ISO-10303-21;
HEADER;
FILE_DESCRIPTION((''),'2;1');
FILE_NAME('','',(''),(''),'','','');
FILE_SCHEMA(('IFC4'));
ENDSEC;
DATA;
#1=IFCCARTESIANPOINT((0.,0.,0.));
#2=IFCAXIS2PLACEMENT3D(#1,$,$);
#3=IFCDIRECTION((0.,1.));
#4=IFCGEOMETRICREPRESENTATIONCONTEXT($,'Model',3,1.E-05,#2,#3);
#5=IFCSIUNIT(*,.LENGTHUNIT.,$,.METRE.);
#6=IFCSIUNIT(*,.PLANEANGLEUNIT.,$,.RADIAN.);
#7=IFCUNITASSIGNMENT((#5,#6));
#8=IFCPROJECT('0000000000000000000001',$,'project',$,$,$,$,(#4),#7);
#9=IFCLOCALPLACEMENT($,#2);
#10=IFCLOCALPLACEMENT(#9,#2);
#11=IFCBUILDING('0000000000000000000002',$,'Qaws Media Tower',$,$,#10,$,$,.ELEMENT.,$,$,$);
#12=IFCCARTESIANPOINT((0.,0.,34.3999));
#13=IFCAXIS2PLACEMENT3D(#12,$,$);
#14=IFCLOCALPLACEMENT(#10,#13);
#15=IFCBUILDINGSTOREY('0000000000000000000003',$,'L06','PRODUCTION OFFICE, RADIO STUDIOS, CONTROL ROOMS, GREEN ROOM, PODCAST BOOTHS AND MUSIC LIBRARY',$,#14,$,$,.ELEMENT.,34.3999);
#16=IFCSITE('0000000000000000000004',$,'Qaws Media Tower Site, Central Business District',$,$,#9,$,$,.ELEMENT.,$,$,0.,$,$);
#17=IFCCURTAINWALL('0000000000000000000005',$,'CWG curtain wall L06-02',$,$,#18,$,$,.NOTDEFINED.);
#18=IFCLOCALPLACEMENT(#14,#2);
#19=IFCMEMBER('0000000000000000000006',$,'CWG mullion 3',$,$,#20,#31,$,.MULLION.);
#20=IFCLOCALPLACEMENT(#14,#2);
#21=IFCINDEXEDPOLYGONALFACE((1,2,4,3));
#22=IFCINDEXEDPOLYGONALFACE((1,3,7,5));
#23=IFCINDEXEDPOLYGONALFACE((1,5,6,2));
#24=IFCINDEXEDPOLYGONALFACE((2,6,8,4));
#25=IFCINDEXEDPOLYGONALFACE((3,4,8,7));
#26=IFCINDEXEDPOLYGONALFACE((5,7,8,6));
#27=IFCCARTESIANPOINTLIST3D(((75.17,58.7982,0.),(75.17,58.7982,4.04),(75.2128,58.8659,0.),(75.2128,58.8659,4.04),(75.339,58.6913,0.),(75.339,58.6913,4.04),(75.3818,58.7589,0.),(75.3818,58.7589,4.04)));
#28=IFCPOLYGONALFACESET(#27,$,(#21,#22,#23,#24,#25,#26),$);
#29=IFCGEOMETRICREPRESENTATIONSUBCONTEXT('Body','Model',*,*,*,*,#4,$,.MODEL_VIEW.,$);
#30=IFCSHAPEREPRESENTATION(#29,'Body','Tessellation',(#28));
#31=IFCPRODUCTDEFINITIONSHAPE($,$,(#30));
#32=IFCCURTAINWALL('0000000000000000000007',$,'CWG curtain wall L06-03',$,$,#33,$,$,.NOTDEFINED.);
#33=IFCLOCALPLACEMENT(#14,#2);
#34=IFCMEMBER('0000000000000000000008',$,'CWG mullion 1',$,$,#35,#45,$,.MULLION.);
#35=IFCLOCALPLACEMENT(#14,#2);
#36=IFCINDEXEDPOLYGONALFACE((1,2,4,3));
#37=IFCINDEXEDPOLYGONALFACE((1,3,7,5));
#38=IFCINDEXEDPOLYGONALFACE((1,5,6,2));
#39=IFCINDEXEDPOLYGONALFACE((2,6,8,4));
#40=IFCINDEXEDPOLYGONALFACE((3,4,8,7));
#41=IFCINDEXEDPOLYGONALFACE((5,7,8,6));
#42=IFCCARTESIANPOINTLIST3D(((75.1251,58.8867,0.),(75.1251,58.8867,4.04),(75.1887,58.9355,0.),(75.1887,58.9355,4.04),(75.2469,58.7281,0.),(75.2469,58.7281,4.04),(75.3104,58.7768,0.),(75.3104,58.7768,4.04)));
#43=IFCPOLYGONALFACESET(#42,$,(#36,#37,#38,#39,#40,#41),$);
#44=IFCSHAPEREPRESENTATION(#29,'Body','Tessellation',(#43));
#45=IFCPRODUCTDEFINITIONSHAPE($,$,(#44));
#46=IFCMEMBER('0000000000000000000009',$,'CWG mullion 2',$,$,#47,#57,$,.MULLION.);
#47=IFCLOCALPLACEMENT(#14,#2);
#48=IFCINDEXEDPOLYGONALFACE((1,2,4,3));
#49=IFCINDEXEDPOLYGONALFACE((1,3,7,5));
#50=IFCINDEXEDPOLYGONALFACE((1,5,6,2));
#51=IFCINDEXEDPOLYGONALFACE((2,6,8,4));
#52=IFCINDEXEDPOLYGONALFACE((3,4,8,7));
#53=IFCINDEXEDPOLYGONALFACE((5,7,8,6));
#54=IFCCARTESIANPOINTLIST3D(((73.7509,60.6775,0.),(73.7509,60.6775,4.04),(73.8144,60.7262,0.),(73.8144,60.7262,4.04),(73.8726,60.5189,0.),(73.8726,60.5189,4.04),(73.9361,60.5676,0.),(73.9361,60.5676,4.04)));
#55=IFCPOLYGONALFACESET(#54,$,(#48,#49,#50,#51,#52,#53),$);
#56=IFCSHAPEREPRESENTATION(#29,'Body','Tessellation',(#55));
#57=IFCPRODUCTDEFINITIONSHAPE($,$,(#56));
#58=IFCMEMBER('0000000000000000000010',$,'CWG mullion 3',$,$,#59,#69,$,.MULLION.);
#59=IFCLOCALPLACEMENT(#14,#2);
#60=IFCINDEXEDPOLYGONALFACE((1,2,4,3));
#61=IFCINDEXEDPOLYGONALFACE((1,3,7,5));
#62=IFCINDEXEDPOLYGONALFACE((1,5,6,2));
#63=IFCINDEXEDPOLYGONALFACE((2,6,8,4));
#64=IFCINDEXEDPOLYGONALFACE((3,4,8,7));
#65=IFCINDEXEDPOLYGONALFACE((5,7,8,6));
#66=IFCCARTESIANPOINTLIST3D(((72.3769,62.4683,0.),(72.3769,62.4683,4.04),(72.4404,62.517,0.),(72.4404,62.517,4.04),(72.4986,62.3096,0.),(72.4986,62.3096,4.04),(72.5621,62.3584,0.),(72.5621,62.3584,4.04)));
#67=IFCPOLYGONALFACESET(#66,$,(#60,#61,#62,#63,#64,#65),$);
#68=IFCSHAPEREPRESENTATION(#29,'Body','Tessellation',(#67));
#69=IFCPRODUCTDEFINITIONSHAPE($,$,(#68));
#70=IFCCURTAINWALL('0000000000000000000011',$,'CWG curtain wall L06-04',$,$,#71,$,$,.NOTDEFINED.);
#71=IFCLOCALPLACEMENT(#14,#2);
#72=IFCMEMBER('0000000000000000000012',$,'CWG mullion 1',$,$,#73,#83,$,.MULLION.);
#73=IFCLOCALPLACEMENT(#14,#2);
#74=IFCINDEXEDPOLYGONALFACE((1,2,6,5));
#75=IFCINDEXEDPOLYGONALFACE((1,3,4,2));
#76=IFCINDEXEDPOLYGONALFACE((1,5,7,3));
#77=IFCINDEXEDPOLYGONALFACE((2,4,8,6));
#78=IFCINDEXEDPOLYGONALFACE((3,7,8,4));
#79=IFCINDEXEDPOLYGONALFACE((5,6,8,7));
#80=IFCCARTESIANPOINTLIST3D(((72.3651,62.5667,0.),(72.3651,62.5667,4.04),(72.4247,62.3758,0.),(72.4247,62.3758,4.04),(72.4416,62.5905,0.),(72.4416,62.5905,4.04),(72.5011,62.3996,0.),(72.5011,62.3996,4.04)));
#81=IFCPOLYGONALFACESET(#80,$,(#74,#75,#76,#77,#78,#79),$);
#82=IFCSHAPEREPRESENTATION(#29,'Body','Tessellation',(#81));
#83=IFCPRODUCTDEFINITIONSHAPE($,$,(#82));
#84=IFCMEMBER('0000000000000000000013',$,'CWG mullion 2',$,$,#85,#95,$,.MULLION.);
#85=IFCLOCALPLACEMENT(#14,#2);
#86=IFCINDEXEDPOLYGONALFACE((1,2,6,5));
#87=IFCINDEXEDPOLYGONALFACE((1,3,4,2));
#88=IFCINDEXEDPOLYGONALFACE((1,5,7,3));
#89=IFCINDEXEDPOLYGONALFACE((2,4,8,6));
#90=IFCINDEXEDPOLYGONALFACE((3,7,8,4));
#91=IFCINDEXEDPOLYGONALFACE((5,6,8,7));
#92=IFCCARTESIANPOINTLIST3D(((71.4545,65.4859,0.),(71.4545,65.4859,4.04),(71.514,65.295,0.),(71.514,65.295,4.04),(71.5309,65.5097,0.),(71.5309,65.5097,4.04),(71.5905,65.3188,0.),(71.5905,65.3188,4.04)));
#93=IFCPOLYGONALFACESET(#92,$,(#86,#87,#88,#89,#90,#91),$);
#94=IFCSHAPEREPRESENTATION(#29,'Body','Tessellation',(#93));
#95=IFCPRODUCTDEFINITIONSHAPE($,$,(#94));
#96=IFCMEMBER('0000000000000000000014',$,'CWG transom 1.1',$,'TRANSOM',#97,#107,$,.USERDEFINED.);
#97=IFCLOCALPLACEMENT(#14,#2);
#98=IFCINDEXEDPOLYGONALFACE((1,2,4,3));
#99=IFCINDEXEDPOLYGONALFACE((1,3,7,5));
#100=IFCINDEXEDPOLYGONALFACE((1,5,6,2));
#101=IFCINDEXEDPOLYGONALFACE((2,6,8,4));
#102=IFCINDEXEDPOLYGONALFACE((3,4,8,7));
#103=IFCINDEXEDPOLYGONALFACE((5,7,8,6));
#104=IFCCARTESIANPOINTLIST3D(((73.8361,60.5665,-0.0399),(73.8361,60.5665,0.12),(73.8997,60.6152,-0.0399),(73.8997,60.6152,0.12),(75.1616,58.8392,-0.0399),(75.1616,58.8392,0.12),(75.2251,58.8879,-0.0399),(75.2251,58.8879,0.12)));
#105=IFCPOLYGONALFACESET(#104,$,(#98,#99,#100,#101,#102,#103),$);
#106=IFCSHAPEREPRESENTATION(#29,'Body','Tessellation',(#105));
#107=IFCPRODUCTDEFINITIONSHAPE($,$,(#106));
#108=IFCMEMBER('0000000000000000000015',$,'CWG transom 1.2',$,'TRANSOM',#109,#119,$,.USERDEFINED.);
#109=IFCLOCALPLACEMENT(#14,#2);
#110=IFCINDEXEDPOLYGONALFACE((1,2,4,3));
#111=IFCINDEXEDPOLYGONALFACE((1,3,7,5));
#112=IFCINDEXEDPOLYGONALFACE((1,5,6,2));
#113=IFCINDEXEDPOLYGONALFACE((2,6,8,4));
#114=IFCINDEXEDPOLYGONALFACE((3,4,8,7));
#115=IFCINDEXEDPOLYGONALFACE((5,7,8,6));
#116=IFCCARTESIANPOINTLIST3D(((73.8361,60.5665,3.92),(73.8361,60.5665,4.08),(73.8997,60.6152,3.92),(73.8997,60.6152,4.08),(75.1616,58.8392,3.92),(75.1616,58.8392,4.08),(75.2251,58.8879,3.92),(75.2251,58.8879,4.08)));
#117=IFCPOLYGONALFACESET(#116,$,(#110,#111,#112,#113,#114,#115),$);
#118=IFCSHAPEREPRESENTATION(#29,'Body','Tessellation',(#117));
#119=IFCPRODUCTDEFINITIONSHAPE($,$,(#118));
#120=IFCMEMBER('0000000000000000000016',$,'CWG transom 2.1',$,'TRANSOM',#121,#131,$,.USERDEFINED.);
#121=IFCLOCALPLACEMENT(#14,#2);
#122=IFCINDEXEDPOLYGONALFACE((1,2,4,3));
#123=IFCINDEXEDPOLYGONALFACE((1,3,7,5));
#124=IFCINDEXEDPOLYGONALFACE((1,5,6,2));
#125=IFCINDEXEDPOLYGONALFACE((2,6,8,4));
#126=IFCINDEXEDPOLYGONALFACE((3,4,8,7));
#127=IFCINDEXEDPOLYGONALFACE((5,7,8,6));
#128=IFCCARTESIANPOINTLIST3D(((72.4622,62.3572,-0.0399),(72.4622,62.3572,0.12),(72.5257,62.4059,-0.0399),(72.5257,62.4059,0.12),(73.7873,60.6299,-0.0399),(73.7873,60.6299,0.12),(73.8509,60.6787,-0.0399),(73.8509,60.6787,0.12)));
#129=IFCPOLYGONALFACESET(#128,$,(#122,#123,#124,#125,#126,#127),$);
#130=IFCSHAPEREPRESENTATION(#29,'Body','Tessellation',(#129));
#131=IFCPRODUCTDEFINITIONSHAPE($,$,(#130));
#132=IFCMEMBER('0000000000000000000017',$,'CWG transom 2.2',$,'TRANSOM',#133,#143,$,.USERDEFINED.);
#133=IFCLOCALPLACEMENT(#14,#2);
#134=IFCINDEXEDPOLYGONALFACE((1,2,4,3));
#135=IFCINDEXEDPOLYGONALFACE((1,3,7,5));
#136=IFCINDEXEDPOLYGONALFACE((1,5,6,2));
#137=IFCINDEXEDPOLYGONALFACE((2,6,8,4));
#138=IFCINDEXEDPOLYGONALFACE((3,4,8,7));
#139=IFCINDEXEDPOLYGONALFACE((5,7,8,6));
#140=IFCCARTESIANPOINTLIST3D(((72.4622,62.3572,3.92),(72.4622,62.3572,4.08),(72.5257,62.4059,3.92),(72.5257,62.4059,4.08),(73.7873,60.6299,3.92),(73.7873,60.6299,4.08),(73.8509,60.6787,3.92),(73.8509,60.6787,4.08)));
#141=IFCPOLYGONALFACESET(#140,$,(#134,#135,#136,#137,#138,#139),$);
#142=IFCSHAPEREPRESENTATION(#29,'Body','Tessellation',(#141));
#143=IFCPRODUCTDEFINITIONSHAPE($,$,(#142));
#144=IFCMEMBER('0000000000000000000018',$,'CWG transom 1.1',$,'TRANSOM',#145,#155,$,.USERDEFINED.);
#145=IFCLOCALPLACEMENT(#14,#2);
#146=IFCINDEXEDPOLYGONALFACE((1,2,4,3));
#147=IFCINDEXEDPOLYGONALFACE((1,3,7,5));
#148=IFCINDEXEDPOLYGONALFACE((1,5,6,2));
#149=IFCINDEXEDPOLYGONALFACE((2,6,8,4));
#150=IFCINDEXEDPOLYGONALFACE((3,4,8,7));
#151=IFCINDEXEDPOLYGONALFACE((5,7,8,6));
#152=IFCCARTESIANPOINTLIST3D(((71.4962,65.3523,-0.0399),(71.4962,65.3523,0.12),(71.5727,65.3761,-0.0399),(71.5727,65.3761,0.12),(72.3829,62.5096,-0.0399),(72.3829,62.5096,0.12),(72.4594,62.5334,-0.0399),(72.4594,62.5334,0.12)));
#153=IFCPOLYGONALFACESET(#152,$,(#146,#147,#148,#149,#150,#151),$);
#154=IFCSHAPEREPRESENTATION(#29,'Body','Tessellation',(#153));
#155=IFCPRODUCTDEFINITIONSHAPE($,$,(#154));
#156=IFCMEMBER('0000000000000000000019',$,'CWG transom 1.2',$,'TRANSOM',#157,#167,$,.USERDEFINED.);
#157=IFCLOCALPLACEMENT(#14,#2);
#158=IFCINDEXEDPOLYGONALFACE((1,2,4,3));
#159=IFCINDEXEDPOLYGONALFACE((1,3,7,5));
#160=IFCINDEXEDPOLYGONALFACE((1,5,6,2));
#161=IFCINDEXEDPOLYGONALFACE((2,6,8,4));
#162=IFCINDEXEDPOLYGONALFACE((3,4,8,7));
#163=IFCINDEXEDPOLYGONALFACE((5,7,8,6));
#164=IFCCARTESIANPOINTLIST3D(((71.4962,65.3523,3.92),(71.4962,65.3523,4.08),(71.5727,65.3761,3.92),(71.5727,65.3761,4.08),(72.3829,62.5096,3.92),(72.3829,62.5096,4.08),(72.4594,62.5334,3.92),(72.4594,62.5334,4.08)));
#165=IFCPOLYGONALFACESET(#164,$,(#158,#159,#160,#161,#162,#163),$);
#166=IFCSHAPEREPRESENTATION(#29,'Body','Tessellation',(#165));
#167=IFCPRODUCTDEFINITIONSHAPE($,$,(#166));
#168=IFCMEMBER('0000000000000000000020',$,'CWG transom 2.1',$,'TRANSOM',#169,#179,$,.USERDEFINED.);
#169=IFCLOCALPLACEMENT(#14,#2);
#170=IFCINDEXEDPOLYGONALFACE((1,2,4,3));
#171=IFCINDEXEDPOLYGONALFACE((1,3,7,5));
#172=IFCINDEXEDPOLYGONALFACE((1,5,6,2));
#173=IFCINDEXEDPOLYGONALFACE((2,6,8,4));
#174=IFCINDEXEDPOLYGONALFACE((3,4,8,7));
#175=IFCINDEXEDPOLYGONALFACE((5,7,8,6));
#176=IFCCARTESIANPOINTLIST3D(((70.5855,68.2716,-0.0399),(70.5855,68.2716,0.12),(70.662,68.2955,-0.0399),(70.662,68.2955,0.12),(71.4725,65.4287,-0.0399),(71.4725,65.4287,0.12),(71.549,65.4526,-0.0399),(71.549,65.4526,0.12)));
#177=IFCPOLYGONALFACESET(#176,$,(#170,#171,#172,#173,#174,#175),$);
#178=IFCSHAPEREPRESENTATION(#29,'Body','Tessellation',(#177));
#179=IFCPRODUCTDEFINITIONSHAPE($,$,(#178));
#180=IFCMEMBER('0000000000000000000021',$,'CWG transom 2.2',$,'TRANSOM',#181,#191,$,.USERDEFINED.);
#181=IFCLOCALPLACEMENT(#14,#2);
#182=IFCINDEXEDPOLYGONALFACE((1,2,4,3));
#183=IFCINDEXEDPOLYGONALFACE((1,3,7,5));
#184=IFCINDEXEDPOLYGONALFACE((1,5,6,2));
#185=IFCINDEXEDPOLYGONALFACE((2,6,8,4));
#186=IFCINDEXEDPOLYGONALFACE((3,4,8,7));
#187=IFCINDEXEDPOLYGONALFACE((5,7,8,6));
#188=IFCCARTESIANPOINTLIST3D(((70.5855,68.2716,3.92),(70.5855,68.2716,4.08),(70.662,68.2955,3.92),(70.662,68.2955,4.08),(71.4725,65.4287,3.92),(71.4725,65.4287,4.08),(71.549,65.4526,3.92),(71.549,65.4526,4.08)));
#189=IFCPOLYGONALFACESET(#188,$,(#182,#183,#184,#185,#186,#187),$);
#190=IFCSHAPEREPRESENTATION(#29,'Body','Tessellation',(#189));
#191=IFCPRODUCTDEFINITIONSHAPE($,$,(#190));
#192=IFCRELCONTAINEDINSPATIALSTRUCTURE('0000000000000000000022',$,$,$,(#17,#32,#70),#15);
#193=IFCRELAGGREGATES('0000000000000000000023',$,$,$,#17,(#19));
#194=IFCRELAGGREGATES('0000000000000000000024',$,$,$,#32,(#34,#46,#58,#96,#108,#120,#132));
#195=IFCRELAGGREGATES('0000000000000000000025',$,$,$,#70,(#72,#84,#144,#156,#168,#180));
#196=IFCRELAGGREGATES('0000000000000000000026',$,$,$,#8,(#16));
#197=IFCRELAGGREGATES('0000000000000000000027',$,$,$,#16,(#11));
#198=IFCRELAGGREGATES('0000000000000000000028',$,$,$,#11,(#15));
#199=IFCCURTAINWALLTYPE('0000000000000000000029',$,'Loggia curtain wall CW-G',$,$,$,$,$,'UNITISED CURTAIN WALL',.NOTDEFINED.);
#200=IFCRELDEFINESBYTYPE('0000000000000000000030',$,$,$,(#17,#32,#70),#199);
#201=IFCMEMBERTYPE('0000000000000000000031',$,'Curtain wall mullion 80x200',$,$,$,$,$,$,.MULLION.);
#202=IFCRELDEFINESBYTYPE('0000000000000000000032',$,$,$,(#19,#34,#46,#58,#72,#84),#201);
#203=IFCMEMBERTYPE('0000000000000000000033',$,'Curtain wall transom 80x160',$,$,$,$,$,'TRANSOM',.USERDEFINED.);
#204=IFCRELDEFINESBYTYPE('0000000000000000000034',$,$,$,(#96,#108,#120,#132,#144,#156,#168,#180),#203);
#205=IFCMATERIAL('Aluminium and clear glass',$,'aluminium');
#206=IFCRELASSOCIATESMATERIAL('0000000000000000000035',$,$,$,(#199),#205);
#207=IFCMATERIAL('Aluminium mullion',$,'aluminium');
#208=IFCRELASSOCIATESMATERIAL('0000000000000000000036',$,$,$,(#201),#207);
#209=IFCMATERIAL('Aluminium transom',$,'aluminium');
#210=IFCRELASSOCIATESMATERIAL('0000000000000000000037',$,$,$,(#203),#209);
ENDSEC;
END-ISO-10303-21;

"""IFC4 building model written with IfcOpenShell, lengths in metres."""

from ifc_helpers import new_model, si_unit, direction, frame, origin, origin_2d, place, context, subcontext, project, spatial, rectangle, extrude, material, material_profile, profile_set, type_object, element, aggregate, save


model = new_model("IFC4")

# Units and contexts
model_context = context("Model", 3, precision=1e-05, world=origin(), true_north=direction((0.0, 1.0)))
body_context = subcontext(model_context, "Body", "Model", "MODEL_VIEW")
ifc_project = project(units=[si_unit("LENGTHUNIT", "METRE"), si_unit("PLANEANGLEUNIT", "RADIAN")], contexts=[model_context])

# Site, building, storey
site_placement = place(None, origin())
site = spatial("IfcSite", under=ifc_project, at=site_placement, Name="Qaws Media Tower Site, Central Business District", CompositionType="ELEMENT", RefElevation=0.0)
building_placement = place(site_placement, origin())
building = spatial("IfcBuilding", under=site, at=building_placement, Name="Qaws Media Tower", CompositionType="ELEMENT")
storey_placement = place(building_placement, frame((0.0, 0.0, 34.3999)))
storey = spatial("IfcBuildingStorey", under=building, at=storey_placement, Name="L06", Description="PRODUCTION OFFICE, RADIO STUDIOS, CONTROL ROOMS, GREEN ROOM, PODCAST BOOTHS AND MUSIC LIBRARY", CompositionType="ELEMENT", Elevation=34.3999)

# Curtain wall, member
ifc_material_1 = material(Name="Aluminium and clear glass", Category="aluminium")
curtain_wall_type = type_object("IfcCurtainWallType", Name="Loggia curtain wall CW-G", ElementType="UNITISED CURTAIN WALL", PredefinedType="NOTDEFINED", material=ifc_material_1)
curtain_wall_1_placement = place(storey_placement, origin())
curtain_wall_1 = element("IfcCurtainWall", 1, at=curtain_wall_1_placement, inside=storey, type_object=curtain_wall_type, Name="CWG curtain wall L06-02", PredefinedType="NOTDEFINED")
ifc_material_2 = material(Name="Aluminium mullion", Category="aluminium")
ifc_material_profile_1 = material_profile(ifc_material_2, rectangle(XDim=0.0801, YDim=0.2, at=origin_2d()), Name="80x200")
ifc_profile_set_1 = profile_set([ifc_material_profile_1], Name="Aluminium mullion")
member_type_1 = type_object("IfcMemberType", Name="Curtain wall mullion 80x200", PredefinedType="MULLION", material=ifc_profile_set_1)
member_1_placement = place(storey_placement, frame((75.2759, 58.7786, 0.0), z_axis=(0.0, 0.0, 1.0), x_axis=(-0.534726, -0.845026, 0.0)))
member_1 = element("IfcMember", 2, at=member_1_placement, type_object=member_type_1, Name="CWG mullion 3", PredefinedType="MULLION", context=body_context, shape_type="SweptSolid", body=[
    extrude(rectangle(XDim=0.0801, YDim=0.2, at=origin_2d()), origin(), (0.0, 0.0, 1.0), 4.04),
])
aggregate(curtain_wall_1, [member_1])

# Curtain walls, members
curtain_wall_2_placement = place(storey_placement, origin())
curtain_wall_2 = element("IfcCurtainWall", 3, at=curtain_wall_2_placement, inside=storey, type_object=curtain_wall_type, Name="CWG curtain wall L06-03", PredefinedType="NOTDEFINED")
member_2_placement = place(storey_placement, frame((75.2178, 58.8318, 0.0), z_axis=(0.0, 0.0, 1.0), x_axis=(-0.793353, -0.608761, 0.0)))
member_2 = element("IfcMember", 4, at=member_2_placement, type_object=member_type_1, Name="CWG mullion 1", PredefinedType="MULLION", context=body_context, shape_type="SweptSolid", body=[
    extrude(rectangle(XDim=0.0801, YDim=0.2, at=origin_2d()), origin(), (0.0, 0.0, 1.0), 4.04),
])
member_3_placement = place(storey_placement, frame((73.8435, 60.6226, 0.0), z_axis=(0.0, 0.0, 1.0), x_axis=(-0.793353, -0.608761, 0.0)))
member_3 = element("IfcMember", 5, at=member_3_placement, type_object=member_type_1, Name="CWG mullion 2", PredefinedType="MULLION", context=body_context, shape_type="SweptSolid", body=[
    extrude(rectangle(XDim=0.0801, YDim=0.2, at=origin_2d()), origin(), (0.0, 0.0, 1.0), 4.04),
])
member_4_placement = place(storey_placement, frame((72.4695, 62.4133, 0.0), z_axis=(0.0, 0.0, 1.0), x_axis=(-0.793353, -0.608761, 0.0)))
member_4 = element("IfcMember", 6, at=member_4_placement, type_object=member_type_1, Name="CWG mullion 3", PredefinedType="MULLION", context=body_context, shape_type="SweptSolid", body=[
    extrude(rectangle(XDim=0.0801, YDim=0.2, at=origin_2d()), origin(), (0.0, 0.0, 1.0), 4.04),
])
curtain_wall_3_placement = place(storey_placement, origin())
curtain_wall_3 = element("IfcCurtainWall", 7, at=curtain_wall_3_placement, inside=storey, type_object=curtain_wall_type, Name="CWG curtain wall L06-04", PredefinedType="NOTDEFINED")
member_5_placement = place(storey_placement, frame((72.4331, 62.4832, 0.0), z_axis=(0.0, 0.0, 1.0), x_axis=(-0.954629, -0.297797, 0.0)))
member_5 = element("IfcMember", 8, at=member_5_placement, type_object=member_type_1, Name="CWG mullion 1", PredefinedType="MULLION", context=body_context, shape_type="SweptSolid", body=[
    extrude(rectangle(XDim=0.0801, YDim=0.2, at=origin_2d()), origin(), (0.0, 0.0, 1.0), 4.04),
])
member_6_placement = place(storey_placement, frame((71.5225, 65.4023, 0.0), z_axis=(0.0, 0.0, 1.0), x_axis=(-0.954629, -0.297797, 0.0)))
member_6 = element("IfcMember", 9, at=member_6_placement, type_object=member_type_1, Name="CWG mullion 2", PredefinedType="MULLION", context=body_context, shape_type="SweptSolid", body=[
    extrude(rectangle(XDim=0.0801, YDim=0.2, at=origin_2d()), origin(), (0.0, 0.0, 1.0), 4.04),
])

# Members
ifc_material_3 = material(Name="Aluminium transom", Category="aluminium")
ifc_material_profile_2 = material_profile(ifc_material_3, rectangle(XDim=0.0801, YDim=0.1599, at=origin_2d()), Name="80x160")
ifc_profile_set_2 = profile_set([ifc_material_profile_2], Name="Aluminium transom")
member_type_2 = type_object("IfcMemberType", Name="Curtain wall transom 80x160", ElementType="TRANSOM", PredefinedType="USERDEFINED", material=ifc_profile_set_2)
member_7_placement = place(storey_placement, frame((75.1934, 58.8635, 0.04), z_axis=(-0.608773, 0.793345, 0.0), x_axis=(-0.793345, -0.608773, 0.0)))
member_7 = element("IfcMember", 10, at=member_7_placement, type_object=member_type_2, Name="CWG transom 1.1", ObjectType="TRANSOM", PredefinedType="USERDEFINED", context=body_context, shape_type="SweptSolid", body=[
    extrude(rectangle(XDim=0.0801, YDim=0.1599, at=origin_2d()), origin(), (0.0, 0.0, 1.0), 2.1772),
])
member_8_placement = place(storey_placement, frame((75.1934, 58.8635, 4.0), z_axis=(-0.608773, 0.793345, 0.0), x_axis=(-0.793345, -0.608773, 0.0)))
member_8 = element("IfcMember", 11, at=member_8_placement, type_object=member_type_2, Name="CWG transom 1.2", ObjectType="TRANSOM", PredefinedType="USERDEFINED", context=body_context, shape_type="SweptSolid", body=[
    extrude(rectangle(XDim=0.0801, YDim=0.1599, at=origin_2d()), origin(), (0.0, 0.0, 1.0), 2.1772),
])
member_9_placement = place(storey_placement, frame((73.8191, 60.6543, 0.04), z_axis=(-0.608702, 0.793399, 0.0), x_axis=(-0.793399, -0.608702, 0.0)))
member_9 = element("IfcMember", 12, at=member_9_placement, type_object=member_type_2, Name="CWG transom 2.1", ObjectType="TRANSOM", PredefinedType="USERDEFINED", context=body_context, shape_type="SweptSolid", body=[
    extrude(rectangle(XDim=0.0801, YDim=0.1599, at=origin_2d()), origin(), (0.0, 0.0, 1.0), 2.177),
])
member_10_placement = place(storey_placement, frame((73.8191, 60.6543, 4.0), z_axis=(-0.608702, 0.793399, 0.0), x_axis=(-0.793399, -0.608702, 0.0)))
member_10 = element("IfcMember", 13, at=member_10_placement, type_object=member_type_2, Name="CWG transom 2.2", ObjectType="TRANSOM", PredefinedType="USERDEFINED", context=body_context, shape_type="SweptSolid", body=[
    extrude(rectangle(XDim=0.0801, YDim=0.1599, at=origin_2d()), origin(), (0.0, 0.0, 1.0), 2.177),
])
member_11_placement = place(storey_placement, frame((72.4211, 62.5215, 0.04), z_axis=(-0.297771, 0.954637, 0.0), x_axis=(-0.954637, -0.297771, 0.0)))
member_11 = element("IfcMember", 14, at=member_11_placement, type_object=member_type_2, Name="CWG transom 1.1", ObjectType="TRANSOM", PredefinedType="USERDEFINED", context=body_context, shape_type="SweptSolid", body=[
    extrude(rectangle(XDim=0.0801, YDim=0.1599, at=origin_2d()), origin(), (0.0, 0.0, 1.0), 2.9778),
])
member_12_placement = place(storey_placement, frame((72.4211, 62.5215, 4.0), z_axis=(-0.297771, 0.954637, 0.0), x_axis=(-0.954637, -0.297771, 0.0)))
member_12 = element("IfcMember", 15, at=member_12_placement, type_object=member_type_2, Name="CWG transom 1.2", ObjectType="TRANSOM", PredefinedType="USERDEFINED", context=body_context, shape_type="SweptSolid", body=[
    extrude(rectangle(XDim=0.0801, YDim=0.1599, at=origin_2d()), origin(), (0.0, 0.0, 1.0), 2.9778),
])
member_13_placement = place(storey_placement, frame((71.5107, 65.4407, 0.04), z_axis=(-0.297845, 0.954614, 0.0), x_axis=(-0.954614, -0.297845, 0.0)))
member_13 = element("IfcMember", 16, at=member_13_placement, type_object=member_type_2, Name="CWG transom 2.1", ObjectType="TRANSOM", PredefinedType="USERDEFINED", context=body_context, shape_type="SweptSolid", body=[
    extrude(rectangle(XDim=0.0801, YDim=0.1599, at=origin_2d()), origin(), (0.0, 0.0, 1.0), 2.978),
])
member_14_placement = place(storey_placement, frame((71.5107, 65.4407, 4.0), z_axis=(-0.297845, 0.954614, 0.0), x_axis=(-0.954614, -0.297845, 0.0)))
member_14 = element("IfcMember", 17, at=member_14_placement, type_object=member_type_2, Name="CWG transom 2.2", ObjectType="TRANSOM", PredefinedType="USERDEFINED", context=body_context, shape_type="SweptSolid", body=[
    extrude(rectangle(XDim=0.0801, YDim=0.1599, at=origin_2d()), origin(), (0.0, 0.0, 1.0), 2.978),
])

aggregate(curtain_wall_2, [member_2, member_3, member_4, member_7, member_8, member_9, member_10])
aggregate(curtain_wall_3, [member_5, member_6, member_11, member_12, member_13, member_14])

save(model, "model.ifc")
